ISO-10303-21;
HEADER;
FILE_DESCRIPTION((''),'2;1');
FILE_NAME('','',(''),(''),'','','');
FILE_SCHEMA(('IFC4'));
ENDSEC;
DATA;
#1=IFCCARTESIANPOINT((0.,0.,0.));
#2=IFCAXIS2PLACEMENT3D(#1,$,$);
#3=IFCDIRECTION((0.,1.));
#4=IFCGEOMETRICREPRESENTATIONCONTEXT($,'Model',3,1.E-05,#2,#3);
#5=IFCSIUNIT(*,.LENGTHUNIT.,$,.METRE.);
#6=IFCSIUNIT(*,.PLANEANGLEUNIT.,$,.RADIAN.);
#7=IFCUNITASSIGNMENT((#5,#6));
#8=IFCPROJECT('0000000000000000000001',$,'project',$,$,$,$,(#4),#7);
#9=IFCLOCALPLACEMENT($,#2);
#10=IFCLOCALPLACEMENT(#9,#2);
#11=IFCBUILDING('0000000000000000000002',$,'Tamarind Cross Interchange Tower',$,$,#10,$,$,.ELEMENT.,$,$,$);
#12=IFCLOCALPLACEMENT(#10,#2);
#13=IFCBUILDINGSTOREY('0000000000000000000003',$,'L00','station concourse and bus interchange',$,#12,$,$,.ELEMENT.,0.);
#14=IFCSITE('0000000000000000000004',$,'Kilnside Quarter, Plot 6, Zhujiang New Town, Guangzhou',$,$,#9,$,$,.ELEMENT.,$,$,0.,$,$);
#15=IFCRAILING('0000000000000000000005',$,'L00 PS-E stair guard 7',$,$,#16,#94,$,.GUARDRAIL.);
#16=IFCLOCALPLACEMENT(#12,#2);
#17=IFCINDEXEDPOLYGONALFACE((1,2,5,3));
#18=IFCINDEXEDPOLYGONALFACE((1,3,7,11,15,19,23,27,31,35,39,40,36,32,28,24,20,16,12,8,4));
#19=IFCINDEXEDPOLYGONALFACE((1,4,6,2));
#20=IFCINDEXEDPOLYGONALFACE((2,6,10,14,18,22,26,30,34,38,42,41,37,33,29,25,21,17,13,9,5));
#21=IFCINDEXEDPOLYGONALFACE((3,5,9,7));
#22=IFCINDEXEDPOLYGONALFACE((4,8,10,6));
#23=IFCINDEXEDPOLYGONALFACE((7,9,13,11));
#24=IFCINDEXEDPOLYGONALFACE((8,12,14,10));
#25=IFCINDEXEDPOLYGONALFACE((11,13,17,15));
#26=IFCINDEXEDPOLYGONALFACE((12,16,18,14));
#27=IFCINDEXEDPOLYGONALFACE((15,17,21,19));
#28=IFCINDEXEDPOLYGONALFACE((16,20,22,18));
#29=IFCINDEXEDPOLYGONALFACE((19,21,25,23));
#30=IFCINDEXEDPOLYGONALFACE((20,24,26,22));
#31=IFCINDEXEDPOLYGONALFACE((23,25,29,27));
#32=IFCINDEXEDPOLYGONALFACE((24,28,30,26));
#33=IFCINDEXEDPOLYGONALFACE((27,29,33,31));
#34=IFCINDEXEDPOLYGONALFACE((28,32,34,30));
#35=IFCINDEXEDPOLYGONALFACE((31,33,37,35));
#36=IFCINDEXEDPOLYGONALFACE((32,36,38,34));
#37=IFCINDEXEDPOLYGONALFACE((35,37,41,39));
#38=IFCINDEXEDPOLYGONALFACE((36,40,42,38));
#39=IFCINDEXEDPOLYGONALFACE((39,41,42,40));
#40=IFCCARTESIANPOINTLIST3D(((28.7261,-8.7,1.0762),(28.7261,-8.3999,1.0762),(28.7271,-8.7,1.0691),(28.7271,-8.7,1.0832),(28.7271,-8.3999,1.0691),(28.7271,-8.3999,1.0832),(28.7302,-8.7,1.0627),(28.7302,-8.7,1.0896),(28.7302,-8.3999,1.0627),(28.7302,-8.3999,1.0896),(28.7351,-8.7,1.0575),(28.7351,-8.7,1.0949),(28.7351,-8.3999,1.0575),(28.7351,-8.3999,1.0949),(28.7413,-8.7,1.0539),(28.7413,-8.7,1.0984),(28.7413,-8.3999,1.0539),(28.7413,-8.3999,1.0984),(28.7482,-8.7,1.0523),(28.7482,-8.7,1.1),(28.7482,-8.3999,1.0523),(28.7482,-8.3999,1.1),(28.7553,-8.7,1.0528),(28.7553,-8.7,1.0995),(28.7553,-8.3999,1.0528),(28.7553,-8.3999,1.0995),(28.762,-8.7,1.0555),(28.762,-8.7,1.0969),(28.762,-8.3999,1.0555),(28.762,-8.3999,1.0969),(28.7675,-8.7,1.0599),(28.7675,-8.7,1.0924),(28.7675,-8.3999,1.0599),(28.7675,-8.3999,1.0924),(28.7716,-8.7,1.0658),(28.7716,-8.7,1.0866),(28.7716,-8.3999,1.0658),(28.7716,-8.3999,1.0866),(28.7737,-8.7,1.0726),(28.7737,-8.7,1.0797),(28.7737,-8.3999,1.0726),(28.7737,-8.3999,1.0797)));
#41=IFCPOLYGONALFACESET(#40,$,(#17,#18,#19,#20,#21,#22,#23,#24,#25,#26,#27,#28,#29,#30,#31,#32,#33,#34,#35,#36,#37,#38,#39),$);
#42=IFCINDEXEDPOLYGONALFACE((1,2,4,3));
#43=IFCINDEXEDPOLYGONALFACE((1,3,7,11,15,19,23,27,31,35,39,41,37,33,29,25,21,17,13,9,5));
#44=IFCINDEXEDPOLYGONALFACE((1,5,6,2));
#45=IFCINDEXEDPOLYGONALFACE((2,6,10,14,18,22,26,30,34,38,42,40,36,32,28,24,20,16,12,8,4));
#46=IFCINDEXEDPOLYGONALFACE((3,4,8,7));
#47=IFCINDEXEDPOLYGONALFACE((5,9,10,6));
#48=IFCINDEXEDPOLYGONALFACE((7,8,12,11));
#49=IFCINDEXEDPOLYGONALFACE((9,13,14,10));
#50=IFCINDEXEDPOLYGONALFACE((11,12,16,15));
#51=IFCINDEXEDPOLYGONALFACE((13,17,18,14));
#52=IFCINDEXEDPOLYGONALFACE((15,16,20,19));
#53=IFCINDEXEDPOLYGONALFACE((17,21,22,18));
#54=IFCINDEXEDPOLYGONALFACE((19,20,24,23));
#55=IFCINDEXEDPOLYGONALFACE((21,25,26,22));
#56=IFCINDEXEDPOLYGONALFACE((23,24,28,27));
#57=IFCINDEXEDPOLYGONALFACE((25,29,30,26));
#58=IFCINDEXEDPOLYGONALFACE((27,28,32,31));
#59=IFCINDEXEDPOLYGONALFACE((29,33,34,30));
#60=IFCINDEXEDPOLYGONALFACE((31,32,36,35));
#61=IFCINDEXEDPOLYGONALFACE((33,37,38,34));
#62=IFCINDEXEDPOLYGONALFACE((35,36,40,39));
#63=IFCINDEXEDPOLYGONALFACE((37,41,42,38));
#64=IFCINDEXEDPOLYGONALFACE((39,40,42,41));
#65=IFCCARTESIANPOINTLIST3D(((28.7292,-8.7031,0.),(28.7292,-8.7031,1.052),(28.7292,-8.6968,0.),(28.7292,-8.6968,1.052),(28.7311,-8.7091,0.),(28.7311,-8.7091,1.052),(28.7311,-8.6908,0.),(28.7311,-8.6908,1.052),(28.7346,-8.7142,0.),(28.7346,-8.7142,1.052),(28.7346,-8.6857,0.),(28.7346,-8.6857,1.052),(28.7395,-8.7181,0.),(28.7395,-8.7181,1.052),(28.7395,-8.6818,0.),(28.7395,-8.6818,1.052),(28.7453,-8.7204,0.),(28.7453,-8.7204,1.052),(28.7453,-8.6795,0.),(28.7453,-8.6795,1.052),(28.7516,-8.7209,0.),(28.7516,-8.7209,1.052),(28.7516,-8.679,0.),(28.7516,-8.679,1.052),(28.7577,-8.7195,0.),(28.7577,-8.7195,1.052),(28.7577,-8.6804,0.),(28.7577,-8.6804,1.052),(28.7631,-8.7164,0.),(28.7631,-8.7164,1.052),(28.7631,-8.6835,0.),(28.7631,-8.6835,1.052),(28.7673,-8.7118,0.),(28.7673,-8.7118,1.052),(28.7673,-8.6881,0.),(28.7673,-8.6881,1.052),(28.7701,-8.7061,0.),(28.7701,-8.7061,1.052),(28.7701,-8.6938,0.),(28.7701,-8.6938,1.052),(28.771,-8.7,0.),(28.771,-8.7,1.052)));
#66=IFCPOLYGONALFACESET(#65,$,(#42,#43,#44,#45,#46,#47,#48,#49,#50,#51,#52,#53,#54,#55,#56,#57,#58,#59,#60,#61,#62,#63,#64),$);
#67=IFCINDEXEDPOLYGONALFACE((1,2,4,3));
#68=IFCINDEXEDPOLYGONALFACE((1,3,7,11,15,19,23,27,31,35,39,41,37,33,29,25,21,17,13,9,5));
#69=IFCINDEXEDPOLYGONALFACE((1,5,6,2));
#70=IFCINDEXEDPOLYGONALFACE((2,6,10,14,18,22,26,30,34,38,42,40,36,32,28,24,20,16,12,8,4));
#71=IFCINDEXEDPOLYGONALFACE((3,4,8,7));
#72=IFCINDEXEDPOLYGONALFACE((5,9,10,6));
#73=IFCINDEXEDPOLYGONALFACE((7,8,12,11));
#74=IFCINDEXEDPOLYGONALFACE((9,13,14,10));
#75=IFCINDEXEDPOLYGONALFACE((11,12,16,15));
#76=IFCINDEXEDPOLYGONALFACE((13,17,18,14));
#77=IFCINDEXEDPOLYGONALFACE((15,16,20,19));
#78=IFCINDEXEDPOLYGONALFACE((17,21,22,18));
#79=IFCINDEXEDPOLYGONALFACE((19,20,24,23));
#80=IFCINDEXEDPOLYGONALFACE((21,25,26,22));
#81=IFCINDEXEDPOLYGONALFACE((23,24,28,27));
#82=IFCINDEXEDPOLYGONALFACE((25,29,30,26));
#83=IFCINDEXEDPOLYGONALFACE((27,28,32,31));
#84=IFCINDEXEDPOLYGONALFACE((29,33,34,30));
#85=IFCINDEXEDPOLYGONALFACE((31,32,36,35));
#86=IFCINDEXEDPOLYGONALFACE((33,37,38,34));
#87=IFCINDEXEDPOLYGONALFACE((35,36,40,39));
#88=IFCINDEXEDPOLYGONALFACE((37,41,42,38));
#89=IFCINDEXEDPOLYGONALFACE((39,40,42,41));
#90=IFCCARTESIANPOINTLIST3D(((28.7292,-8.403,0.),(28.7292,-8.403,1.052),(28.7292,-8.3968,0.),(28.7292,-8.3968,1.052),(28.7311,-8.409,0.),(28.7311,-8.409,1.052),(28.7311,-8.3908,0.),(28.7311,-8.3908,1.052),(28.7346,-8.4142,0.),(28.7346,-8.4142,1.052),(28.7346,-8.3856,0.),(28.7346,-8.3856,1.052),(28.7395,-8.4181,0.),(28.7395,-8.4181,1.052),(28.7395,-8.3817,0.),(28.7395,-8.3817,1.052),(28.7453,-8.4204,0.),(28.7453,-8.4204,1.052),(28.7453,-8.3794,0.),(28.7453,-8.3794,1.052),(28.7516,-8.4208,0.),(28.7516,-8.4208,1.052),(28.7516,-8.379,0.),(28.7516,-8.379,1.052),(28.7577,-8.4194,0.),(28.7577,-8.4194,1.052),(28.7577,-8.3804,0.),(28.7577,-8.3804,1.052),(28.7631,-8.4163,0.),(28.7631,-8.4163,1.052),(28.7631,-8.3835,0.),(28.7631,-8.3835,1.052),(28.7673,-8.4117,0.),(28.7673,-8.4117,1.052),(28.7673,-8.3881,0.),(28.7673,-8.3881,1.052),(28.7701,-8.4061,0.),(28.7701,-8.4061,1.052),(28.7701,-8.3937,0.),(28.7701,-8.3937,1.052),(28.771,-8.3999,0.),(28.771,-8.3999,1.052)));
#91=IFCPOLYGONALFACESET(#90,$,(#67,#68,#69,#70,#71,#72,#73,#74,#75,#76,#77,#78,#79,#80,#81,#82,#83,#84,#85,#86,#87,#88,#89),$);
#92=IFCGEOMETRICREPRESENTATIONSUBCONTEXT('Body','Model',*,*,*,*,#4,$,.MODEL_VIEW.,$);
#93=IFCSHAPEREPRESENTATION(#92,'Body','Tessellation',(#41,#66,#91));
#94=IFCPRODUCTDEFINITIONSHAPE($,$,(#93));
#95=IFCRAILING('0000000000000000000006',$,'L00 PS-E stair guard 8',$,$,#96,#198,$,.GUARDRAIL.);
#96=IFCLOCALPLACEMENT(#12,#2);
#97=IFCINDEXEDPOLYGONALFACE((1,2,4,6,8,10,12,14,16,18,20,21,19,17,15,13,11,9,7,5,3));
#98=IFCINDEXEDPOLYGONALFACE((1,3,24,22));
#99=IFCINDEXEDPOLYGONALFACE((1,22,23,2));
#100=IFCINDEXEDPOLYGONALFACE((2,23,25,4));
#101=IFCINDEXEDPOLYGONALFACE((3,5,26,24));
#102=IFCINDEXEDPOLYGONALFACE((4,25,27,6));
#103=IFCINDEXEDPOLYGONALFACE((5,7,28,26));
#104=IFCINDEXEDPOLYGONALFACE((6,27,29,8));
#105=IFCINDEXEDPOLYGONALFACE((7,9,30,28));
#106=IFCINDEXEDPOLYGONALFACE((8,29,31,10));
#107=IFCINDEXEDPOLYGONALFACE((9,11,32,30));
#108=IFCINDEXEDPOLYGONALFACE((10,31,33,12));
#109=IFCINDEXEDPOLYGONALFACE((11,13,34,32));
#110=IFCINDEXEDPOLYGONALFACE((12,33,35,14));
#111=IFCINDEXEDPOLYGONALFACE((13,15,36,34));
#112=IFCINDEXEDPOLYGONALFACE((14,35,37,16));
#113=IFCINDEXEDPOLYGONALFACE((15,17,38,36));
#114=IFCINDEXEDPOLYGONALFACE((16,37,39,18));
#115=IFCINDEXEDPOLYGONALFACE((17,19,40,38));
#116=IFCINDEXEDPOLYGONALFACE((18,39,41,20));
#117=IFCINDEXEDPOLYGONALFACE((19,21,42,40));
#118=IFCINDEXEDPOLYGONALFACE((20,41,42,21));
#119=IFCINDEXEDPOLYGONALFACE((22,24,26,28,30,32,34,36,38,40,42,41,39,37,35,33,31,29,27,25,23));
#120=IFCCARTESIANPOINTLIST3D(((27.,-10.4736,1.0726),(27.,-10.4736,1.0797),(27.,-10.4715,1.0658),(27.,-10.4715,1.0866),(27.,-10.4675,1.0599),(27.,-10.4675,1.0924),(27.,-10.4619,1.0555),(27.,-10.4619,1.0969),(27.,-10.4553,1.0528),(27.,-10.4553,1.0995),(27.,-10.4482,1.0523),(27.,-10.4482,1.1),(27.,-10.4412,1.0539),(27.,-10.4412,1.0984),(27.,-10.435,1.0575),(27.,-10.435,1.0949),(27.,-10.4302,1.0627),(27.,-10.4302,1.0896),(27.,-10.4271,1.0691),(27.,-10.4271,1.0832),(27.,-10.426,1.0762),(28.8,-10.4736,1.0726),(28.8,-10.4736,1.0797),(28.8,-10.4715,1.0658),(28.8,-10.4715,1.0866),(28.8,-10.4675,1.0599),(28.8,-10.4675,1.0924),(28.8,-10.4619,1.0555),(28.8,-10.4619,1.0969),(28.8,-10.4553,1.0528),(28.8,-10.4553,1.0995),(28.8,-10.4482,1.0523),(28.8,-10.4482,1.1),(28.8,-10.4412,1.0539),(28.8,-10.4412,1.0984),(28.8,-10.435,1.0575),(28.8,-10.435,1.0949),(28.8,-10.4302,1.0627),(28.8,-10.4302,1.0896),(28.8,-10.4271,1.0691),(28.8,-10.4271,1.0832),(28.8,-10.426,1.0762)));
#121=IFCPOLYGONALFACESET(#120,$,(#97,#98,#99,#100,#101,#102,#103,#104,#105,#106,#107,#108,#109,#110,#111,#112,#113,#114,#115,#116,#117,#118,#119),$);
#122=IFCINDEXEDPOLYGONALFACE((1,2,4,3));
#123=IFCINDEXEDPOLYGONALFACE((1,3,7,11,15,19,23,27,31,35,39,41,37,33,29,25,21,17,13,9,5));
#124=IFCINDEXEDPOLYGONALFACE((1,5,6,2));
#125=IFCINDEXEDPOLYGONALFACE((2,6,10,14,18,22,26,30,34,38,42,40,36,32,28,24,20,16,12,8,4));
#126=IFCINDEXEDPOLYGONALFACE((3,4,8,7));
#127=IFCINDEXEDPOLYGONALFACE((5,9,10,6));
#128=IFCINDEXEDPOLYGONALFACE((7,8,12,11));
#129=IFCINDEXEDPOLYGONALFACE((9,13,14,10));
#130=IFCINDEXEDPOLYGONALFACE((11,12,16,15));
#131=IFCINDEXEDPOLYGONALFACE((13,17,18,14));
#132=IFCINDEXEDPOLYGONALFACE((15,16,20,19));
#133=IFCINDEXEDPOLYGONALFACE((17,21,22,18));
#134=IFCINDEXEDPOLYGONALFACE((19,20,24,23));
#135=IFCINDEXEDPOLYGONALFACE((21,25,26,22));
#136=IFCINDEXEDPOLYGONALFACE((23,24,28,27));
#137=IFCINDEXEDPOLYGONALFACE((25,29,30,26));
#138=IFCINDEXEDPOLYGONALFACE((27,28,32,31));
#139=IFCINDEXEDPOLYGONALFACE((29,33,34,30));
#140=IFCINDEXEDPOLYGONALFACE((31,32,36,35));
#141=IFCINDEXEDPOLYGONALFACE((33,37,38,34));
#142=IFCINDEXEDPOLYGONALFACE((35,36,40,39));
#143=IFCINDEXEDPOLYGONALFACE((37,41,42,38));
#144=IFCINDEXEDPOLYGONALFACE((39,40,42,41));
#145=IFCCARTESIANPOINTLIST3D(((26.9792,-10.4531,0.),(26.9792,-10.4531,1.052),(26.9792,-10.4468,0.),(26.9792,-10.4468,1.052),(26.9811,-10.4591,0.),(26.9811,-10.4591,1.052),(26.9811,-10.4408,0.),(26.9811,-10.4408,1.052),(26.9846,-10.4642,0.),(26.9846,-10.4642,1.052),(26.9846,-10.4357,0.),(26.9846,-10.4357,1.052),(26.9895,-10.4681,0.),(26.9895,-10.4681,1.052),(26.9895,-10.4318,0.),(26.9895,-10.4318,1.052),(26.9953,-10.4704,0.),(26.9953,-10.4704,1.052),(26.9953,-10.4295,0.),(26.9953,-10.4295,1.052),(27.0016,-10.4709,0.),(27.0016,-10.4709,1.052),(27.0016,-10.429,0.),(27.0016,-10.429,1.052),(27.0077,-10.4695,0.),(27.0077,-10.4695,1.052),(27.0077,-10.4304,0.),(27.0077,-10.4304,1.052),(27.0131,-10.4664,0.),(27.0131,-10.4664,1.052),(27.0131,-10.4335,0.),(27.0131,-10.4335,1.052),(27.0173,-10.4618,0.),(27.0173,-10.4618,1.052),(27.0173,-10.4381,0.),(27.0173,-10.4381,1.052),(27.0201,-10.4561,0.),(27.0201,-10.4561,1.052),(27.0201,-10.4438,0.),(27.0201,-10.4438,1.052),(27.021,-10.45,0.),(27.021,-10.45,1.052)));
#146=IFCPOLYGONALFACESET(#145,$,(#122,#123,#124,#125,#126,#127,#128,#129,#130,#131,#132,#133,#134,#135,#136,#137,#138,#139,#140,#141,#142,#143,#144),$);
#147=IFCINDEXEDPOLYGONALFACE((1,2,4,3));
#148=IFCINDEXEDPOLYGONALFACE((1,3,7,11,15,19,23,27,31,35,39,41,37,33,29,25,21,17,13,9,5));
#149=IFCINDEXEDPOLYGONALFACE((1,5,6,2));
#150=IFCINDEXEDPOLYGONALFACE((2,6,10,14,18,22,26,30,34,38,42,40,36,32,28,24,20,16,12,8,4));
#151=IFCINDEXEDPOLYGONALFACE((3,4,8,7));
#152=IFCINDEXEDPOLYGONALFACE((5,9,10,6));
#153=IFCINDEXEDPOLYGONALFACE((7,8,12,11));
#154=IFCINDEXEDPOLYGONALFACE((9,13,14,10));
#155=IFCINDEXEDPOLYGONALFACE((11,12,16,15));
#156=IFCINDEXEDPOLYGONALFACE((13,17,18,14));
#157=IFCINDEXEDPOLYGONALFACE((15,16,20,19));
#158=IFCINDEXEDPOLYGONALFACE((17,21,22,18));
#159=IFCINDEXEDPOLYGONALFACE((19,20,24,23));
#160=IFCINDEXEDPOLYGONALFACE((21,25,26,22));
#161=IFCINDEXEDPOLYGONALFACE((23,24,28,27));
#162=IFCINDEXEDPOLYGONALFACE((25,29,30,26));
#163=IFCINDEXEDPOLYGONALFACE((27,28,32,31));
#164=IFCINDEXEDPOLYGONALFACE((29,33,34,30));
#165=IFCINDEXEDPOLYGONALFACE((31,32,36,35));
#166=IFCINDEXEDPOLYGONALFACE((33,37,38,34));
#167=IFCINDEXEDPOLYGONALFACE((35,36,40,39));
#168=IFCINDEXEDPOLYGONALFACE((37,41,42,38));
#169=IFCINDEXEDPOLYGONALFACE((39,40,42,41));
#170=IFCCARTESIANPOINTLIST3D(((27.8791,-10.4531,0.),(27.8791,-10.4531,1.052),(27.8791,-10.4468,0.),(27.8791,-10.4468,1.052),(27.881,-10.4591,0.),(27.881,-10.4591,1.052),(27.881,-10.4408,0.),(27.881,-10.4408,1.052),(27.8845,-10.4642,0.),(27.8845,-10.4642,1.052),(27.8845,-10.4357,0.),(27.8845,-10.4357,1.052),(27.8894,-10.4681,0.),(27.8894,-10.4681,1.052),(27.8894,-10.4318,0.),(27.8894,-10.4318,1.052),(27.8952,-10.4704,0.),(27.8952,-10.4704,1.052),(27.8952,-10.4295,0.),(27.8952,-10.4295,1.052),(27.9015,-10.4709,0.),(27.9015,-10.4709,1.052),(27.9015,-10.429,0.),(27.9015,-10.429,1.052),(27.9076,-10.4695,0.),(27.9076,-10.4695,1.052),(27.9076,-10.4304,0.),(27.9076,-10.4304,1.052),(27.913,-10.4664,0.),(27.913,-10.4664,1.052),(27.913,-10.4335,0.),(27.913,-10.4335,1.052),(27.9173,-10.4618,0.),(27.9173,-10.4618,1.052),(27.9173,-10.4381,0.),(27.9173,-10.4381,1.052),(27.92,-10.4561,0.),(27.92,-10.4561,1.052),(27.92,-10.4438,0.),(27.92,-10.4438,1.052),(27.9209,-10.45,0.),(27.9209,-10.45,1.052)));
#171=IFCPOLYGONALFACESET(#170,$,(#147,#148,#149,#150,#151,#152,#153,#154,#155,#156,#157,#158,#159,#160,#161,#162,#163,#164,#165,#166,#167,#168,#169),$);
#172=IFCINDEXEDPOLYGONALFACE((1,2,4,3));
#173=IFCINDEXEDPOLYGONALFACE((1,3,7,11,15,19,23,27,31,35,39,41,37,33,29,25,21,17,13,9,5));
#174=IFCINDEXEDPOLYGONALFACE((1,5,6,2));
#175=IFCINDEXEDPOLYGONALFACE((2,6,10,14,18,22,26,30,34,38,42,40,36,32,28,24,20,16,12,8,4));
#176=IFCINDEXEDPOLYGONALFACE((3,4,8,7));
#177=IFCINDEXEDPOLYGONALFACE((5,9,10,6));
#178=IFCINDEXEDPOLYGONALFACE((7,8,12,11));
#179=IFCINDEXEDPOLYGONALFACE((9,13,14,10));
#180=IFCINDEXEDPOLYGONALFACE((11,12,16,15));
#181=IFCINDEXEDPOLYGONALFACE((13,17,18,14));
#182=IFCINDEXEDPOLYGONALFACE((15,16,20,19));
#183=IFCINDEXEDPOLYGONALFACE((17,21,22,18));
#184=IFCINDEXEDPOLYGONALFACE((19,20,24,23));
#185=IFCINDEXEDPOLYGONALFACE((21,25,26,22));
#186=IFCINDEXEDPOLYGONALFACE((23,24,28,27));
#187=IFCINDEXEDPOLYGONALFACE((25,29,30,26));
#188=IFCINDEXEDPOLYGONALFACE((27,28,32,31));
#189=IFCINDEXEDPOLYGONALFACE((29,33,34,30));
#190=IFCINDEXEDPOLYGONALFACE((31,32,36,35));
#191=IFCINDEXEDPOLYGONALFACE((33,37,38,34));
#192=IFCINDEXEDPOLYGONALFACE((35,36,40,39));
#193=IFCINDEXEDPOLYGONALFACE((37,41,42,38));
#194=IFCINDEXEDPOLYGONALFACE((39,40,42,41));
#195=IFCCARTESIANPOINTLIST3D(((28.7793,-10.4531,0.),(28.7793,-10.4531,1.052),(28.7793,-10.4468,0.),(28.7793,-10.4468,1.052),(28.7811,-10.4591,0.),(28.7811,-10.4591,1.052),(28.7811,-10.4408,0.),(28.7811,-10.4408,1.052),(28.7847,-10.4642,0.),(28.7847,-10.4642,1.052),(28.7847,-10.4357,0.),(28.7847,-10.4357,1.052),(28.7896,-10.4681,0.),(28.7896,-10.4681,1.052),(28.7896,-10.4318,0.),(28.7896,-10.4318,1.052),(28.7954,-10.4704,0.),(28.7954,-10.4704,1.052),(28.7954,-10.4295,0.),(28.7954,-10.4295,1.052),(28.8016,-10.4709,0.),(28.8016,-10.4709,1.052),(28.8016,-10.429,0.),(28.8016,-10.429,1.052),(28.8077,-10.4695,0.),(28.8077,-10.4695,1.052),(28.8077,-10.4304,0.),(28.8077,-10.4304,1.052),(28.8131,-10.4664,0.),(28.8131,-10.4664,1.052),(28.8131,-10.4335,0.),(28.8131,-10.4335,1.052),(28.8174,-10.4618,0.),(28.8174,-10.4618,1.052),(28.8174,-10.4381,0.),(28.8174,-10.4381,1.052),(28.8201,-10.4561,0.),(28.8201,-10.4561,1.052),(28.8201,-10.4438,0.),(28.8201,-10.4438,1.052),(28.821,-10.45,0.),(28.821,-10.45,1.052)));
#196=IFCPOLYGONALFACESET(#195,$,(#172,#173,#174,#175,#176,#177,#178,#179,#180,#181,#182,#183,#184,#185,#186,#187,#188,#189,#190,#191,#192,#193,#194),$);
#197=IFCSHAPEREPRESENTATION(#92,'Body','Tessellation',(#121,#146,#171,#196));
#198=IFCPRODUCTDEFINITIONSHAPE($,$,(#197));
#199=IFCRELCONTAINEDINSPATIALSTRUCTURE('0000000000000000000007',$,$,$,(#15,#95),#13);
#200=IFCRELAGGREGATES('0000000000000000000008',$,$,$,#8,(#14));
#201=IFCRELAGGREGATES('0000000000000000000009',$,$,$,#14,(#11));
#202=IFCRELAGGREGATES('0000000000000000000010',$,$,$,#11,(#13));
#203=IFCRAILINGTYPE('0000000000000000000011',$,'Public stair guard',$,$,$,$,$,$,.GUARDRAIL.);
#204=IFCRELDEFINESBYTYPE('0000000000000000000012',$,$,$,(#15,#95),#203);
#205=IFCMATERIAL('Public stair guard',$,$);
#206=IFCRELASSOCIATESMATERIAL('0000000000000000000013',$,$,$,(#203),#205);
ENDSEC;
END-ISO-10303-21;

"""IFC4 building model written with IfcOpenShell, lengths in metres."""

from ifc_helpers import new_model, si_unit, direction, frame, origin, origin_2d, place, context, subcontext, project, spatial, circle, extrude, material, type_object, element, save


model = new_model("IFC4")

# Units and contexts
model_context = context("Model", 3, precision=1e-05, world=origin(), true_north=direction((0.0, 1.0)))
body_context = subcontext(model_context, "Body", "Model", "MODEL_VIEW")
ifc_project = project(units=[si_unit("LENGTHUNIT", "METRE"), si_unit("PLANEANGLEUNIT", "RADIAN")], contexts=[model_context])

# Site, building, storey
site_placement = place(None, origin())
site = spatial("IfcSite", under=ifc_project, at=site_placement, Name="Kilnside Quarter, Plot 6, Zhujiang New Town, Guangzhou", CompositionType="ELEMENT", RefElevation=0.0)
building_placement = place(site_placement, origin())
building = spatial("IfcBuilding", under=site, at=building_placement, Name="Tamarind Cross Interchange Tower", CompositionType="ELEMENT")
storey_placement = place(building_placement, origin())
storey = spatial("IfcBuildingStorey", under=building, at=storey_placement, Name="L00", Description="station concourse and bus interchange", CompositionType="ELEMENT", Elevation=0.0)

# Railings
ifc_material_1 = material(Name="Public stair guard")
railing_type_1 = type_object("IfcRailingType", Name="Public stair guard", PredefinedType="GUARDRAIL", material=ifc_material_1)
railing_1_placement = place(storey_placement, frame((28.75, -8.7, 0.0)))
element("IfcRailing", 1, at=railing_1_placement, inside=storey, type_object=railing_type_1, Name="L00 PS-E stair guard 7", PredefinedType="GUARDRAIL", context=body_context, shape_type="SweptSolid", body=[
    extrude(circle(Radius=0.0239, at=origin_2d()), frame((0.0, 0.0, 1.0762), z_axis=(0.0, 1.0, 0.0), x_axis=(-1.0, 0.0, 0.0)), (0.0, 0.0, 1.0), 0.3),
    extrude(circle(Radius=0.021, at=origin_2d()), origin(), (0.0, 0.0, 1.0), 1.052),
    extrude(circle(Radius=0.021, at=origin_2d()), frame((0.0, 0.3, 0.0)), (0.0, 0.0, 1.0), 1.052),
])
for number, where, name in (
    (2, (27.0, -10.45, 0.0), "L00 PS-E stair guard 8"),
):
    element("IfcRailing", number, at=place(storey_placement, frame(where)), inside=storey, type_object=railing_type_1, Name=name, PredefinedType="GUARDRAIL", context=body_context, shape_type="SweptSolid", body=[
        extrude(circle(Radius=0.0239, at=origin_2d()), frame((0.0, 0.0, 1.0762), z_axis=(1.0, 0.0, 0.0), x_axis=(0.0, 1.0, 0.0)), (0.0, 0.0, 1.0), 1.8),
        extrude(circle(Radius=0.021, at=origin_2d()), origin(), (0.0, 0.0, 1.0), 1.052),
        extrude(circle(Radius=0.021, at=origin_2d()), frame((0.8999, 0.0, 0.0)), (0.0, 0.0, 1.0), 1.052),
        extrude(circle(Radius=0.021, at=origin_2d()), frame((1.8, 0.0, 0.0)), (0.0, 0.0, 1.0), 1.052),
    ])

save(model, "model.ifc")
